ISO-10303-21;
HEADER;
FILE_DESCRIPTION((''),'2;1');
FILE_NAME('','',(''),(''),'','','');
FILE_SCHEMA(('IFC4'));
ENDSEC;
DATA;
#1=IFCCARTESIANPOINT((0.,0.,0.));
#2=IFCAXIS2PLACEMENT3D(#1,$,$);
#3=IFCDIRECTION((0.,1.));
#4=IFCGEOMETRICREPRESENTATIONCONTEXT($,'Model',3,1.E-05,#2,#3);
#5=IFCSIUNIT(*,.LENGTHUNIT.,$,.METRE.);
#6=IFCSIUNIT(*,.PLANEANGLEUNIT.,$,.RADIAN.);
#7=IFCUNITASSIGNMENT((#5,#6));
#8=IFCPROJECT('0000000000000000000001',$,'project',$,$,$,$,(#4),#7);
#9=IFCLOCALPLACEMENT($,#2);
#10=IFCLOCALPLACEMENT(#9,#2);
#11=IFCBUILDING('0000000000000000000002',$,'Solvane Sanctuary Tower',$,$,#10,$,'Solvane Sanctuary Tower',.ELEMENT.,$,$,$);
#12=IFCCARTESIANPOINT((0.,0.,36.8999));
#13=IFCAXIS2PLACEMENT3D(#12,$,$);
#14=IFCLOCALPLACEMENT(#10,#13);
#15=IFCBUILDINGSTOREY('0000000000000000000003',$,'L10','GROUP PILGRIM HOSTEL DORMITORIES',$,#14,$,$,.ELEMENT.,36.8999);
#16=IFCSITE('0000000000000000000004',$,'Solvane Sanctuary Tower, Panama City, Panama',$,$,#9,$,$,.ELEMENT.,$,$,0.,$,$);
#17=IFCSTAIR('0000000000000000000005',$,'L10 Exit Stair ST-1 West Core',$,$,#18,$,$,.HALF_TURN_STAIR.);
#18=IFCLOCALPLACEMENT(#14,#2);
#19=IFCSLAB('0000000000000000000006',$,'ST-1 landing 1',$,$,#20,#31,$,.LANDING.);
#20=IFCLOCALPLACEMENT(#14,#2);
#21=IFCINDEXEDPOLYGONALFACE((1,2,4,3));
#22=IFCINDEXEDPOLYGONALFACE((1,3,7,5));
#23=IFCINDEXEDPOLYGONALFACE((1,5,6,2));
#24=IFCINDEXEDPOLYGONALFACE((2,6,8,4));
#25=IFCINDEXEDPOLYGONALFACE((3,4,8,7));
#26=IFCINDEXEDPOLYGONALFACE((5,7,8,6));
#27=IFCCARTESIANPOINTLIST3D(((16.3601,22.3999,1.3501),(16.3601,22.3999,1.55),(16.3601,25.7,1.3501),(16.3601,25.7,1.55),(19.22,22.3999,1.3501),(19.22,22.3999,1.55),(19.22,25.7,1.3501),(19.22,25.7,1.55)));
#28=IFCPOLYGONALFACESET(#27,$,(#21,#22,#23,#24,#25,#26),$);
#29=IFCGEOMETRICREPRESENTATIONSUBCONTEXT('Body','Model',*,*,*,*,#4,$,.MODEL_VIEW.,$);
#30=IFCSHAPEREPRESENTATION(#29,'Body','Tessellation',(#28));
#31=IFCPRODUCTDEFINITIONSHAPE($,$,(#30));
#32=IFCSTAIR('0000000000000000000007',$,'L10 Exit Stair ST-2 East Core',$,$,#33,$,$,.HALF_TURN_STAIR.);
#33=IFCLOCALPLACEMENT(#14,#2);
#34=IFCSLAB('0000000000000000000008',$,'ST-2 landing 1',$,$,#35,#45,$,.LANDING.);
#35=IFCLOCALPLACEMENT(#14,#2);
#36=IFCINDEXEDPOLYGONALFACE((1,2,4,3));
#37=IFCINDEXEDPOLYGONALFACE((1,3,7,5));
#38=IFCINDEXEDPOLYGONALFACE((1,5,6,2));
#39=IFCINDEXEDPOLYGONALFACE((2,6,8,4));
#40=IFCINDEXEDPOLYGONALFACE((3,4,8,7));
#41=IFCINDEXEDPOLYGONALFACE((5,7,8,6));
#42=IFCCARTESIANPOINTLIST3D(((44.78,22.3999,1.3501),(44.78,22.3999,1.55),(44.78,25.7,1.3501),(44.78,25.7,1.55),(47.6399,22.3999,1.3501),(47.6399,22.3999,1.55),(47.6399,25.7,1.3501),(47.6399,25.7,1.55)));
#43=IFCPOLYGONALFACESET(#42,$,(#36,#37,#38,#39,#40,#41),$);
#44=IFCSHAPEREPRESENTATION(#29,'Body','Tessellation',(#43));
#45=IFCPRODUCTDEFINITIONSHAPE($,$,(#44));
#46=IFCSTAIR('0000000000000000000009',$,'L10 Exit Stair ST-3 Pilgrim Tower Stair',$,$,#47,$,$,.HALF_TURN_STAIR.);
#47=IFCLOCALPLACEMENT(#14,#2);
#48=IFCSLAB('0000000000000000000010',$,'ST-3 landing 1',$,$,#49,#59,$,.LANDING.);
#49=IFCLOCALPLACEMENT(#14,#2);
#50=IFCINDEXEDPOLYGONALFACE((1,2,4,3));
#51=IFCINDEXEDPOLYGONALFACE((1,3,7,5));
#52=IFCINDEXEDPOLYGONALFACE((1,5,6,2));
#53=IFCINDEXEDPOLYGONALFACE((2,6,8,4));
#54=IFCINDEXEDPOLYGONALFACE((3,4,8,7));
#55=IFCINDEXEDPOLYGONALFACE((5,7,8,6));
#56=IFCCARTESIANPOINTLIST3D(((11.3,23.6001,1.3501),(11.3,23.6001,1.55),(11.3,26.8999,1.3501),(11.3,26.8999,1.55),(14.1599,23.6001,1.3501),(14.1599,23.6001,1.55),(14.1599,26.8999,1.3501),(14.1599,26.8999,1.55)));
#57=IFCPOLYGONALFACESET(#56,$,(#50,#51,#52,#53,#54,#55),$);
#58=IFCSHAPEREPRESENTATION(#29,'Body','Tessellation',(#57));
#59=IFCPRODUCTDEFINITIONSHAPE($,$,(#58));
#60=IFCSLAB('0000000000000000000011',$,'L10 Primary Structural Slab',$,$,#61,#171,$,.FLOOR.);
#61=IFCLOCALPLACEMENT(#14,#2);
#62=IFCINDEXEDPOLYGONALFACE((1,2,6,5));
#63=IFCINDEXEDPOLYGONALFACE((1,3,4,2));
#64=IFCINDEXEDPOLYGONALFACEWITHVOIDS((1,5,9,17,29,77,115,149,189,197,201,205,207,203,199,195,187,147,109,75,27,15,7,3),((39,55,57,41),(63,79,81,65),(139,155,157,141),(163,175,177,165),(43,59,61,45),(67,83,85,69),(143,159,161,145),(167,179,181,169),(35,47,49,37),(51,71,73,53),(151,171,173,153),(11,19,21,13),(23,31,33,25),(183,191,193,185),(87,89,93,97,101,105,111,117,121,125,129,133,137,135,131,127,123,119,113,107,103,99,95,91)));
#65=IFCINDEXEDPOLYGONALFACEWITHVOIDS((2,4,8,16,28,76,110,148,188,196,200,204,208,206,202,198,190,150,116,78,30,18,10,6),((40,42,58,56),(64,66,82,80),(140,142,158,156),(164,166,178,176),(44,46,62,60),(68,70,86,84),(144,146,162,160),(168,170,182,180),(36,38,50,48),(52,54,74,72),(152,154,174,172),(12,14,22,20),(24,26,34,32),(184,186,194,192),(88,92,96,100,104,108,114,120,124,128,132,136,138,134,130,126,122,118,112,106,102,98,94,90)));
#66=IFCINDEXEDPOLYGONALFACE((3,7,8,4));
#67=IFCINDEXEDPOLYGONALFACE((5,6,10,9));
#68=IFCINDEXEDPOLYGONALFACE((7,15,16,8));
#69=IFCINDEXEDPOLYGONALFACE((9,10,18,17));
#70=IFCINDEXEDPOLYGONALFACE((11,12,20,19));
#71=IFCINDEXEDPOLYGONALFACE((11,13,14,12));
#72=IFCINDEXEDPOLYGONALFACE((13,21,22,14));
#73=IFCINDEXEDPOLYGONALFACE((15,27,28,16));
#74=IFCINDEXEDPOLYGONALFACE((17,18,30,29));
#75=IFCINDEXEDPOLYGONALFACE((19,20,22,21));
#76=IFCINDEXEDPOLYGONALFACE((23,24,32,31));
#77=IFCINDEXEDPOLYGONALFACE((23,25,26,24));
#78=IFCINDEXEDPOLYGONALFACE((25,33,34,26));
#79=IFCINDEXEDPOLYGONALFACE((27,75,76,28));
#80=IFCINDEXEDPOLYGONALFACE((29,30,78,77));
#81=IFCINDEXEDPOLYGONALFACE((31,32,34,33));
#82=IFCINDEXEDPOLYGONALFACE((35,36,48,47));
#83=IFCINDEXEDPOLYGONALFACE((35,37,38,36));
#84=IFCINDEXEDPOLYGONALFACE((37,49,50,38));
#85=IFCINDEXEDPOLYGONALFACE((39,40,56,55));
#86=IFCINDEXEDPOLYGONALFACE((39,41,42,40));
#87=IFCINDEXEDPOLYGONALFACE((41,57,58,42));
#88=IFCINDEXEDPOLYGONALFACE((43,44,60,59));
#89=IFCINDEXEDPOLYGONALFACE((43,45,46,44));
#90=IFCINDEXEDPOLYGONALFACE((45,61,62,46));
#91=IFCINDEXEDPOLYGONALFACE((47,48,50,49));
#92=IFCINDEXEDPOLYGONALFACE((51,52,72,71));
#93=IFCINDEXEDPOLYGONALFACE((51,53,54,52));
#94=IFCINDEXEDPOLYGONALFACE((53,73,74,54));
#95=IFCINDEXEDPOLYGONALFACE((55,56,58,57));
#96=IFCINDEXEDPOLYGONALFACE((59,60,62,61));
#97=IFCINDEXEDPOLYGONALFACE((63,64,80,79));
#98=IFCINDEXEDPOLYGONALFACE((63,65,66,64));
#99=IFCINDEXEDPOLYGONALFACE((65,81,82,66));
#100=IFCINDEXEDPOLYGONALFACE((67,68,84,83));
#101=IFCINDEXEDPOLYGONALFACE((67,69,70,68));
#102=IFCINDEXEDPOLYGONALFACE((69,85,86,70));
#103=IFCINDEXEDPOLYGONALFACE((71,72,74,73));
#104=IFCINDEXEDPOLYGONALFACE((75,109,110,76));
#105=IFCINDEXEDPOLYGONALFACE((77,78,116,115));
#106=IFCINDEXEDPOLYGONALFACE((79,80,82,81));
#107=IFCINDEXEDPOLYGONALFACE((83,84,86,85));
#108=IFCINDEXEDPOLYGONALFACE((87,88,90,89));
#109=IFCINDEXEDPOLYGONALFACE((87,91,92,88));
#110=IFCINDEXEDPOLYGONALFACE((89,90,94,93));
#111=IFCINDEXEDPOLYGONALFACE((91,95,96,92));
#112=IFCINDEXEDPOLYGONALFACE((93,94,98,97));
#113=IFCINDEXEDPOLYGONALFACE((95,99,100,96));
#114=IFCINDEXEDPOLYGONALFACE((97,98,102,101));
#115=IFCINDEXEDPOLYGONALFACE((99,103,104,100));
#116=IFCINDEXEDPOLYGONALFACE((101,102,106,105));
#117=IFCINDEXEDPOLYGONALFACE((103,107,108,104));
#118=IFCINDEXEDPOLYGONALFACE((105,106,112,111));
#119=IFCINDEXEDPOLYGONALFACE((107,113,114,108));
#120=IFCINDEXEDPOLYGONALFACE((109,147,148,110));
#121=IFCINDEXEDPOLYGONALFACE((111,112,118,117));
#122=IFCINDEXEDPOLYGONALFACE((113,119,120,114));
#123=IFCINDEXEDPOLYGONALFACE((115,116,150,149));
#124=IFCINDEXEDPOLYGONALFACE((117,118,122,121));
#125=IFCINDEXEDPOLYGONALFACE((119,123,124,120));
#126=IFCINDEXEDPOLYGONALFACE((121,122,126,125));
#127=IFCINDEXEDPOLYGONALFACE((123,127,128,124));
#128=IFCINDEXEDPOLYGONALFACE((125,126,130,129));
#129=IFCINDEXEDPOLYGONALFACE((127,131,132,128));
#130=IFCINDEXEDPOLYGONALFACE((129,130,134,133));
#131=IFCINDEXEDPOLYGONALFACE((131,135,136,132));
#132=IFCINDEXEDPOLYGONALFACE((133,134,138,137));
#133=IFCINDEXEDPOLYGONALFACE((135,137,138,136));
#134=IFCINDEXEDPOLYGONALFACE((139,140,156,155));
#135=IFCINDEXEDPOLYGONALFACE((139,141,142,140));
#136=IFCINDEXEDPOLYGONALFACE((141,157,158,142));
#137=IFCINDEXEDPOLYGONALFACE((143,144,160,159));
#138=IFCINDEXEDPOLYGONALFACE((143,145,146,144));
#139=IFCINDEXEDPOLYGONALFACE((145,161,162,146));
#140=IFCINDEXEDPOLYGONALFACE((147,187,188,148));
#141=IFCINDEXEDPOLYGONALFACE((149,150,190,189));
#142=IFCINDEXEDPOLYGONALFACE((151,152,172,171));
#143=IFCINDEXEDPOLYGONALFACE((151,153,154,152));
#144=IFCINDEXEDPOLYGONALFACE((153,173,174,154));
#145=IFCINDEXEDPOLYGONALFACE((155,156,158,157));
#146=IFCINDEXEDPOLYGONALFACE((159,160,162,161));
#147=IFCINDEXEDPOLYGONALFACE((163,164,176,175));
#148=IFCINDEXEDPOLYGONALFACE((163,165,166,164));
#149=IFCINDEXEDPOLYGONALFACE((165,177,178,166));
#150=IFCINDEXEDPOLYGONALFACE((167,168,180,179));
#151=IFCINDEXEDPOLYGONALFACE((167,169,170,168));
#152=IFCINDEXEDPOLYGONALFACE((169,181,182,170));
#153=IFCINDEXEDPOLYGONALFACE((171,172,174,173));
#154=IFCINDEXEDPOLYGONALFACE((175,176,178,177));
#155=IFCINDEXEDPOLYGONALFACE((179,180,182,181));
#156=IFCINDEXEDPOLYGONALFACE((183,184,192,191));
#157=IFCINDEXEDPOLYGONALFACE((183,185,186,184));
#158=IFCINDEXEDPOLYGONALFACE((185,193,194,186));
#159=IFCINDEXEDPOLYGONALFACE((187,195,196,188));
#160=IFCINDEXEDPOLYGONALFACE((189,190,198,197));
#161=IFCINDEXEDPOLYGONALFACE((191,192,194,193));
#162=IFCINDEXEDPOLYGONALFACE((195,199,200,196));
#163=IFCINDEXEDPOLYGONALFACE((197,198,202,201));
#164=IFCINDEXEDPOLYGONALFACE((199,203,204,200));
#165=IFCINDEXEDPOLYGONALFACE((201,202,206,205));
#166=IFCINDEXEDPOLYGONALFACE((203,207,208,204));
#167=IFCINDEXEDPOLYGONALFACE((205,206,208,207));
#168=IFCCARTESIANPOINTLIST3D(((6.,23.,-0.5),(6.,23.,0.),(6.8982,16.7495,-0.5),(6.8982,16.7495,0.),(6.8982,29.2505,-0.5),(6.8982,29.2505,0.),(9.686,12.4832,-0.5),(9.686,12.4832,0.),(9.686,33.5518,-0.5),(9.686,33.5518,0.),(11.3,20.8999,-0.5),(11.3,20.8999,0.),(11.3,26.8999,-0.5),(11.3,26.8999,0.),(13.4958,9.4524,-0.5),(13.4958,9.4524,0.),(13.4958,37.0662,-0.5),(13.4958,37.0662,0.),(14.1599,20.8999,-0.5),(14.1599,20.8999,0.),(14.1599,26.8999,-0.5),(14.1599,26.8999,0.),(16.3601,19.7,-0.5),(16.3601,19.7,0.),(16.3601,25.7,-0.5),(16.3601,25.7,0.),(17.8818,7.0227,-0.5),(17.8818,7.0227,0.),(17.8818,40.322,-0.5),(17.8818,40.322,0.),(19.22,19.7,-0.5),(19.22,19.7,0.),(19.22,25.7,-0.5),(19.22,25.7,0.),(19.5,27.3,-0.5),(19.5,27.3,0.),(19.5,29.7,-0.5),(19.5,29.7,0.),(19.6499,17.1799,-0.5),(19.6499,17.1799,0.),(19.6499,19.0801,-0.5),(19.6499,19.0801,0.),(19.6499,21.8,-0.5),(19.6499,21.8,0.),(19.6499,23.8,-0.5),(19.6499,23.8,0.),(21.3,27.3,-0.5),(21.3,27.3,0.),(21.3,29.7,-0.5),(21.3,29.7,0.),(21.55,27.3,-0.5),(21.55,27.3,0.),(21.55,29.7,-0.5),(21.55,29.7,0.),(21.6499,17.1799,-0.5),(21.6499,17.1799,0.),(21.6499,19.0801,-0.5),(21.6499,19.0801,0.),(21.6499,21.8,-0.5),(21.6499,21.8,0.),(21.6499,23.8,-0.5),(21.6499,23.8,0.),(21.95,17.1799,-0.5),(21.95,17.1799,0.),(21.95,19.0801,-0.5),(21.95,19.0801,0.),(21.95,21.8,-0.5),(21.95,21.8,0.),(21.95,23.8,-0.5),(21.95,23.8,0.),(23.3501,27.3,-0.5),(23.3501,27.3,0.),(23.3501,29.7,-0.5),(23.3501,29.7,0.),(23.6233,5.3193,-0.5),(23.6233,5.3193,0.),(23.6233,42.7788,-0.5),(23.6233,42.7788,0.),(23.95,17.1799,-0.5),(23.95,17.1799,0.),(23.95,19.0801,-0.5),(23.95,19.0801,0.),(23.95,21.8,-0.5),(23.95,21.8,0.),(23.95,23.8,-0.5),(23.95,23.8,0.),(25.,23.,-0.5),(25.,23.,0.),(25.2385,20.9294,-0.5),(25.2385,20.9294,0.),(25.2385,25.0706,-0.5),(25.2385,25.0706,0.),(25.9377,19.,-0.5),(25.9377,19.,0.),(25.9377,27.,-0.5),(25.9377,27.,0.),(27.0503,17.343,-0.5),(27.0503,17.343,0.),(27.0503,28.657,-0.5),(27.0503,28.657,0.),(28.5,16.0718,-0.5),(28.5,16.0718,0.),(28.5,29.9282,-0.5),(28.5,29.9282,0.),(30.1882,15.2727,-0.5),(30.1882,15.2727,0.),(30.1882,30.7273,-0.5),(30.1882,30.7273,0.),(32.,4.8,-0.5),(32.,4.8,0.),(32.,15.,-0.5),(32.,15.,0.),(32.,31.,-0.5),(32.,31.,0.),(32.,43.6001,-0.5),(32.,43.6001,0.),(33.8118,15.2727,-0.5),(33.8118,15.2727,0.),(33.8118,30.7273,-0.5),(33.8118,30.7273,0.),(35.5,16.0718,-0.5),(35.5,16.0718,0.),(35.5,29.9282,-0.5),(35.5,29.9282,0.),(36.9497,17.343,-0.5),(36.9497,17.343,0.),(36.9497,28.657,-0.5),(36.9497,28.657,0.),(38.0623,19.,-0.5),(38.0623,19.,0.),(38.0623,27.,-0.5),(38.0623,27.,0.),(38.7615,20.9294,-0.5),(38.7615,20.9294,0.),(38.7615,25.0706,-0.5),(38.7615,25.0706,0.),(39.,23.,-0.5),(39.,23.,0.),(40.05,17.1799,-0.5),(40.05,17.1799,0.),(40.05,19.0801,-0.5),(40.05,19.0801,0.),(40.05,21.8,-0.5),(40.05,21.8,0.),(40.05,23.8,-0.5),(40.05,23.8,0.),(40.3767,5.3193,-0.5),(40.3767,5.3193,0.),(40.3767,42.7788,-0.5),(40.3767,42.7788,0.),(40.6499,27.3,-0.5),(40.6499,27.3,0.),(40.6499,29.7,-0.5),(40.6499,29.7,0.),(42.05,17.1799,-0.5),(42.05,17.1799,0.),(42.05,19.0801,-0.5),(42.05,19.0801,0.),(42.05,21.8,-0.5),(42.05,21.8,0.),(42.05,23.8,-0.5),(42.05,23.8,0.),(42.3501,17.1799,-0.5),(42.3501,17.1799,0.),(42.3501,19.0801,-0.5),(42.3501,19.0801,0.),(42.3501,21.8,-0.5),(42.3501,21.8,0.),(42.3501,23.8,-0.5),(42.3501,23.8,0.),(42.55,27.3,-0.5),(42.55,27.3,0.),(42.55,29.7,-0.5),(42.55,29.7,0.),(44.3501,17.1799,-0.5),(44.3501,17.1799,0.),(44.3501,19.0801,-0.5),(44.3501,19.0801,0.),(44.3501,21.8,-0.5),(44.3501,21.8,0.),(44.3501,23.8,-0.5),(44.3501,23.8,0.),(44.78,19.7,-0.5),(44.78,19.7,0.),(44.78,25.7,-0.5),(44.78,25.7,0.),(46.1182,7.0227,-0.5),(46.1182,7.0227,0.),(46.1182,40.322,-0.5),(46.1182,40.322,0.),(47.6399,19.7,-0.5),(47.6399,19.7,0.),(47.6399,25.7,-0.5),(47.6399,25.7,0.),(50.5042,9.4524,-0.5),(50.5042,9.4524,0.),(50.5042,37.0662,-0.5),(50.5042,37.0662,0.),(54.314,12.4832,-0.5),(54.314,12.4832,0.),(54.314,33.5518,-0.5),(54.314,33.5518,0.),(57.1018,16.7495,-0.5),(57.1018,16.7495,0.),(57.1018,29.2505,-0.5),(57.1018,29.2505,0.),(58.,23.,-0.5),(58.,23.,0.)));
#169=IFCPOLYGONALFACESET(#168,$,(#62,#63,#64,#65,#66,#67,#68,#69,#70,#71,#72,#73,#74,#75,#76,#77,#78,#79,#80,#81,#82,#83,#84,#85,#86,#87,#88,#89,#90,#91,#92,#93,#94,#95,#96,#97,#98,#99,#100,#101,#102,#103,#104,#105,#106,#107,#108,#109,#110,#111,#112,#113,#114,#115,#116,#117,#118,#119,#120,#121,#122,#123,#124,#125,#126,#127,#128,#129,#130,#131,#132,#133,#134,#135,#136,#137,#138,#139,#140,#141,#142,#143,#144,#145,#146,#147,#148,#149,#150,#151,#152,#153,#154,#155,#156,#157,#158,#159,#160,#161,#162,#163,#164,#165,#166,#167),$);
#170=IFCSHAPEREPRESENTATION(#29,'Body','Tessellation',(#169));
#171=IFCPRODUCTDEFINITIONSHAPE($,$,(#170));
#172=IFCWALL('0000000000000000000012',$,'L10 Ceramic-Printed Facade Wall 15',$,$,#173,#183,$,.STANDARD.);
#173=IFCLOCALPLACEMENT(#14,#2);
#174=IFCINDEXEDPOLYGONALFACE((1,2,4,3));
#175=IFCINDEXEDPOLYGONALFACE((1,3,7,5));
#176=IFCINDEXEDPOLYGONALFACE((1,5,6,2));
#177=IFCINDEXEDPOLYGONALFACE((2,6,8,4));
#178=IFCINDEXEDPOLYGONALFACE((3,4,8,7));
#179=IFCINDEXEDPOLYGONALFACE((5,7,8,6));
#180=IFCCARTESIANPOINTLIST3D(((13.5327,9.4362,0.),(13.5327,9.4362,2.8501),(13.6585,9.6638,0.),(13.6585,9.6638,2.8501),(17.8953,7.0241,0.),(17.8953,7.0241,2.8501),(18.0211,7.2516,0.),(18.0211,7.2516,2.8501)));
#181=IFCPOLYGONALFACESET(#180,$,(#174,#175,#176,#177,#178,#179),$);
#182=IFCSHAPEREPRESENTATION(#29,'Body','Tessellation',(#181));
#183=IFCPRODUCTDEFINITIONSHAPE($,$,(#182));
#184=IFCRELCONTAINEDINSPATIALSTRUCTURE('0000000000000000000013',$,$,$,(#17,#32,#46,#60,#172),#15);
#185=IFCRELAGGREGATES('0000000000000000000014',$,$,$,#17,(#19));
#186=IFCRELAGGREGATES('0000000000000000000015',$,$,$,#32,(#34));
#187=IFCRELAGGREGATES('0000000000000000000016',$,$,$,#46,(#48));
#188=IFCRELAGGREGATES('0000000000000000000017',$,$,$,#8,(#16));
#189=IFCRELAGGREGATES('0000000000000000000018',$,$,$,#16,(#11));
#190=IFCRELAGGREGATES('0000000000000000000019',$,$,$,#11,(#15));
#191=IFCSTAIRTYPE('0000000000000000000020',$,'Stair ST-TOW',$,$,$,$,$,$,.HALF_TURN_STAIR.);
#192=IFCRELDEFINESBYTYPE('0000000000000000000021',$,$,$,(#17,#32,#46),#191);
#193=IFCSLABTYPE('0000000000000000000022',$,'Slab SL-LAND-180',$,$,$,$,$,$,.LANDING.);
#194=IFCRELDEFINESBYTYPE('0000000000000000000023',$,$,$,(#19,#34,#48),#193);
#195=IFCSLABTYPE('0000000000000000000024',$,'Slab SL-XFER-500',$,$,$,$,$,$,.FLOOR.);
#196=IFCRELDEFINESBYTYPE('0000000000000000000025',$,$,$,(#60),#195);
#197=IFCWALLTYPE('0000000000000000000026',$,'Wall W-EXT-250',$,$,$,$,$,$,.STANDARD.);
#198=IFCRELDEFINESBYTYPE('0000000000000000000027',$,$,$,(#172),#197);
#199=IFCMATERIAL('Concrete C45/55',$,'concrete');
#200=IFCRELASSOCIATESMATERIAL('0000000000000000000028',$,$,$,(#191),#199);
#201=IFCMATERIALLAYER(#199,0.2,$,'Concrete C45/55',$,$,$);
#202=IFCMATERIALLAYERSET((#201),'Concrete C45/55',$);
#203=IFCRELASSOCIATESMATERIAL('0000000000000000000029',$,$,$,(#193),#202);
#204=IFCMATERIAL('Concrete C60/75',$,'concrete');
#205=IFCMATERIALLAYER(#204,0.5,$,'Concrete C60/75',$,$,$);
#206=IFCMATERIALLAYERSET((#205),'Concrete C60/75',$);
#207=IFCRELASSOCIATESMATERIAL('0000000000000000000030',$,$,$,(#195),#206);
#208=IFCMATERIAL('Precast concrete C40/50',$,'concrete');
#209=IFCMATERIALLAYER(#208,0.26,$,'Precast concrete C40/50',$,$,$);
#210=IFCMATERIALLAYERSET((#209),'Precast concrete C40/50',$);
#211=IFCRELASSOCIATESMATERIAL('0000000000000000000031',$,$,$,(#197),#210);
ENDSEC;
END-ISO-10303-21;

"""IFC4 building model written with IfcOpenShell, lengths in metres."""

from ifc_helpers import new_model, si_unit, direction, frame, frame_2d, origin, place, context, subcontext, project, spatial, polyline, rectangle, outline, extrude, material, layer, layer_set, type_object, element, aggregate, save


model = new_model("IFC4")

# Units and contexts
model_context = context("Model", 3, precision=1e-05, world=origin(), true_north=direction((0.0, 1.0)))
body_context = subcontext(model_context, "Body", "Model", "MODEL_VIEW")
ifc_project = project(units=[si_unit("LENGTHUNIT", "METRE"), si_unit("PLANEANGLEUNIT", "RADIAN")], contexts=[model_context])

# Site, building, storey
site_placement = place(None, origin())
site = spatial("IfcSite", under=ifc_project, at=site_placement, Name="Solvane Sanctuary Tower, Panama City, Panama", CompositionType="ELEMENT", RefElevation=0.0)
building_placement = place(site_placement, origin())
building = spatial("IfcBuilding", under=site, at=building_placement, Name="Solvane Sanctuary Tower", LongName="Solvane Sanctuary Tower", CompositionType="ELEMENT")
storey_placement = place(building_placement, frame((0.0, 0.0, 36.8999)))
storey = spatial("IfcBuildingStorey", under=building, at=storey_placement, Name="L10", Description="GROUP PILGRIM HOSTEL DORMITORIES", CompositionType="ELEMENT", Elevation=36.8999)

# Stairs, slabs
ifc_material_1 = material(Name="Concrete C45/55", Category="concrete")
stair_type = type_object("IfcStairType", Name="Stair ST-TOW", PredefinedType="HALF_TURN_STAIR", material=ifc_material_1)
stair_1_placement = place(storey_placement, origin())
stair_1 = element("IfcStair", 1, at=stair_1_placement, inside=storey, type_object=stair_type, Name="L10 Exit Stair ST-1 West Core", PredefinedType="HALF_TURN_STAIR")
ifc_layer_1 = layer(ifc_material_1, 0.2, Name="Concrete C45/55")
ifc_layer_set_1 = layer_set([ifc_layer_1], Name="Concrete C45/55")
slab_type_1 = type_object("IfcSlabType", Name="Slab SL-LAND-180", PredefinedType="LANDING", material=ifc_layer_set_1)
slab_1_placement = place(storey_placement, frame((0.0, 0.0, 1.3501)))
slab_1 = element("IfcSlab", 2, at=slab_1_placement, type_object=slab_type_1, Name="ST-1 landing 1", PredefinedType="LANDING", context=body_context, shape_type="SweptSolid", body=[
    extrude(outline(polyline([(19.22, 22.3999), (19.22, 25.7), (16.3601, 25.7), (16.3601, 22.3999), (19.22, 22.3999)])), origin(), (0.0, 0.0, 1.0), 0.2),
])
aggregate(stair_1, [slab_1])
stair_2_placement = place(storey_placement, origin())
stair_2 = element("IfcStair", 3, at=stair_2_placement, inside=storey, type_object=stair_type, Name="L10 Exit Stair ST-2 East Core", PredefinedType="HALF_TURN_STAIR")
slab_2_placement = place(storey_placement, frame((0.0, 0.0, 1.3501)))
slab_2 = element("IfcSlab", 4, at=slab_2_placement, type_object=slab_type_1, Name="ST-2 landing 1", PredefinedType="LANDING", context=body_context, shape_type="SweptSolid", body=[
    extrude(outline(polyline([(47.6399, 22.3999), (47.6399, 25.7), (44.78, 25.7), (44.78, 22.3999), (47.6399, 22.3999)])), origin(), (0.0, 0.0, 1.0), 0.2),
])
aggregate(stair_2, [slab_2])
stair_3_placement = place(storey_placement, origin())
stair_3 = element("IfcStair", 5, at=stair_3_placement, inside=storey, type_object=stair_type, Name="L10 Exit Stair ST-3 Pilgrim Tower Stair", PredefinedType="HALF_TURN_STAIR")
slab_3_placement = place(storey_placement, frame((0.0, 0.0, 1.3501)))
slab_3 = element("IfcSlab", 6, at=slab_3_placement, type_object=slab_type_1, Name="ST-3 landing 1", PredefinedType="LANDING", context=body_context, shape_type="SweptSolid", body=[
    extrude(outline(polyline([(14.1599, 23.6001), (14.1599, 26.8999), (11.3, 26.8999), (11.3, 23.6001), (14.1599, 23.6001)])), origin(), (0.0, 0.0, 1.0), 0.2),
])
aggregate(stair_3, [slab_3])

# Slab
ifc_material_2 = material(Name="Concrete C60/75", Category="concrete")
ifc_layer_2 = layer(ifc_material_2, 0.5, Name="Concrete C60/75")
ifc_layer_set_2 = layer_set([ifc_layer_2], Name="Concrete C60/75")
slab_type_2 = type_object("IfcSlabType", Name="Slab SL-XFER-500", PredefinedType="FLOOR", material=ifc_layer_set_2)
slab_4_placement = place(storey_placement, frame((0.0, 0.0, -0.5)))
element("IfcSlab", 7, at=slab_4_placement, inside=storey, type_object=slab_type_2, Name="L10 Primary Structural Slab", PredefinedType="FLOOR", context=body_context, shape_type="SweptSolid", body=[
    extrude(outline(polyline([(58.0, 23.0), (57.1018, 29.2505), (54.314, 33.5518), (50.5042, 37.0662), (46.1182, 40.322), (40.3767, 42.7788), (32.0, 43.6001), (23.6233, 42.7788), (17.8818, 40.322), (13.4958, 37.0662), (9.686, 33.5518), (6.8982, 29.2505), (6.0, 23.0), (6.8982, 16.7495), (9.686, 12.4832), (13.4958, 9.4524), (17.8818, 7.0227), (23.6233, 5.3193), (32.0, 4.8), (40.3767, 5.3193), (46.1182, 7.0227), (50.5042, 9.4524), (54.314, 12.4832), (57.1018, 16.7495), (58.0, 23.0)]), holes=[polyline([(38.7615, 20.9294), (38.0623, 19.0), (36.9497, 17.343), (35.5, 16.0718), (33.8118, 15.2727), (32.0, 15.0), (30.1882, 15.2727), (28.5, 16.0718), (27.0503, 17.343), (25.9377, 19.0), (25.2385, 20.9294), (25.0, 23.0), (25.2385, 25.0706), (25.9377, 27.0), (27.0503, 28.657), (28.5, 29.9282), (30.1882, 30.7273), (32.0, 31.0), (33.8118, 30.7273), (35.5, 29.9282), (36.9497, 28.657), (38.0623, 27.0), (38.7615, 25.0706), (39.0, 23.0), (38.7615, 20.9294)]), polyline([(16.3601, 19.7), (16.3601, 25.7), (19.22, 25.7), (19.22, 19.7), (16.3601, 19.7)]), polyline([(44.78, 19.7), (44.78, 25.7), (47.6399, 25.7), (47.6399, 19.7), (44.78, 19.7)]), polyline([(11.3, 20.8999), (11.3, 26.8999), (14.1599, 26.8999), (14.1599, 20.8999), (11.3, 20.8999)]), polyline([(19.6499, 19.0801), (21.6499, 19.0801), (21.6499, 17.1799), (19.6499, 17.1799), (19.6499, 19.0801)]), polyline([(21.95, 19.0801), (23.95, 19.0801), (23.95, 17.1799), (21.95, 17.1799), (21.95, 19.0801)]), polyline([(40.05, 19.0801), (42.05, 19.0801), (42.05, 17.1799), (40.05, 17.1799), (40.05, 19.0801)]), polyline([(42.3501, 19.0801), (44.3501, 19.0801), (44.3501, 17.1799), (42.3501, 17.1799), (42.3501, 19.0801)]), polyline([(19.6499, 23.8), (21.6499, 23.8), (21.6499, 21.8), (19.6499, 21.8), (19.6499, 23.8)]), polyline([(42.3501, 23.8), (44.3501, 23.8), (44.3501, 21.8), (42.3501, 21.8), (42.3501, 23.8)]), polyline([(21.95, 23.8), (23.95, 23.8), (23.95, 21.8), (21.95, 21.8), (21.95, 23.8)]), polyline([(40.05, 23.8), (42.05, 23.8), (42.05, 21.8), (40.05, 21.8), (40.05, 23.8)]), polyline([(19.5, 29.7), (21.3, 29.7), (21.3, 27.3), (19.5, 27.3), (19.5, 29.7)]), polyline([(21.55, 29.7), (23.3501, 29.7), (23.3501, 27.3), (21.55, 27.3), (21.55, 29.7)]), polyline([(40.6499, 29.7), (42.55, 29.7), (42.55, 27.3), (40.6499, 27.3), (40.6499, 29.7)])]), origin(), (0.0, 0.0, 1.0), 0.5),
])

# Wall
ifc_material_3 = material(Name="Precast concrete C40/50", Category="concrete")
ifc_layer_3 = layer(ifc_material_3, 0.26, Name="Precast concrete C40/50")
ifc_layer_set_3 = layer_set([ifc_layer_3], Name="Precast concrete C40/50")
wall_type = type_object("IfcWallType", Name="Wall W-EXT-250", PredefinedType="STANDARD", material=ifc_layer_set_3)
wall_1_placement = place(storey_placement, frame((13.5955, 9.55, 0.0), z_axis=(0.0, 0.0, 1.0), x_axis=(0.875137, -0.483875, 0.0)))
element("IfcWall", 8, at=wall_1_placement, inside=storey, type_object=wall_type, Name="L10 Ceramic-Printed Facade Wall 15", PredefinedType="STANDARD", context=body_context, shape_type="SweptSolid", body=[
    extrude(rectangle(XDim=4.9851, YDim=0.26, at=frame_2d((2.4927, 0.0))), origin(), (0.0, 0.0, 1.0), 2.8501),
])

save(model, "model.ifc")
